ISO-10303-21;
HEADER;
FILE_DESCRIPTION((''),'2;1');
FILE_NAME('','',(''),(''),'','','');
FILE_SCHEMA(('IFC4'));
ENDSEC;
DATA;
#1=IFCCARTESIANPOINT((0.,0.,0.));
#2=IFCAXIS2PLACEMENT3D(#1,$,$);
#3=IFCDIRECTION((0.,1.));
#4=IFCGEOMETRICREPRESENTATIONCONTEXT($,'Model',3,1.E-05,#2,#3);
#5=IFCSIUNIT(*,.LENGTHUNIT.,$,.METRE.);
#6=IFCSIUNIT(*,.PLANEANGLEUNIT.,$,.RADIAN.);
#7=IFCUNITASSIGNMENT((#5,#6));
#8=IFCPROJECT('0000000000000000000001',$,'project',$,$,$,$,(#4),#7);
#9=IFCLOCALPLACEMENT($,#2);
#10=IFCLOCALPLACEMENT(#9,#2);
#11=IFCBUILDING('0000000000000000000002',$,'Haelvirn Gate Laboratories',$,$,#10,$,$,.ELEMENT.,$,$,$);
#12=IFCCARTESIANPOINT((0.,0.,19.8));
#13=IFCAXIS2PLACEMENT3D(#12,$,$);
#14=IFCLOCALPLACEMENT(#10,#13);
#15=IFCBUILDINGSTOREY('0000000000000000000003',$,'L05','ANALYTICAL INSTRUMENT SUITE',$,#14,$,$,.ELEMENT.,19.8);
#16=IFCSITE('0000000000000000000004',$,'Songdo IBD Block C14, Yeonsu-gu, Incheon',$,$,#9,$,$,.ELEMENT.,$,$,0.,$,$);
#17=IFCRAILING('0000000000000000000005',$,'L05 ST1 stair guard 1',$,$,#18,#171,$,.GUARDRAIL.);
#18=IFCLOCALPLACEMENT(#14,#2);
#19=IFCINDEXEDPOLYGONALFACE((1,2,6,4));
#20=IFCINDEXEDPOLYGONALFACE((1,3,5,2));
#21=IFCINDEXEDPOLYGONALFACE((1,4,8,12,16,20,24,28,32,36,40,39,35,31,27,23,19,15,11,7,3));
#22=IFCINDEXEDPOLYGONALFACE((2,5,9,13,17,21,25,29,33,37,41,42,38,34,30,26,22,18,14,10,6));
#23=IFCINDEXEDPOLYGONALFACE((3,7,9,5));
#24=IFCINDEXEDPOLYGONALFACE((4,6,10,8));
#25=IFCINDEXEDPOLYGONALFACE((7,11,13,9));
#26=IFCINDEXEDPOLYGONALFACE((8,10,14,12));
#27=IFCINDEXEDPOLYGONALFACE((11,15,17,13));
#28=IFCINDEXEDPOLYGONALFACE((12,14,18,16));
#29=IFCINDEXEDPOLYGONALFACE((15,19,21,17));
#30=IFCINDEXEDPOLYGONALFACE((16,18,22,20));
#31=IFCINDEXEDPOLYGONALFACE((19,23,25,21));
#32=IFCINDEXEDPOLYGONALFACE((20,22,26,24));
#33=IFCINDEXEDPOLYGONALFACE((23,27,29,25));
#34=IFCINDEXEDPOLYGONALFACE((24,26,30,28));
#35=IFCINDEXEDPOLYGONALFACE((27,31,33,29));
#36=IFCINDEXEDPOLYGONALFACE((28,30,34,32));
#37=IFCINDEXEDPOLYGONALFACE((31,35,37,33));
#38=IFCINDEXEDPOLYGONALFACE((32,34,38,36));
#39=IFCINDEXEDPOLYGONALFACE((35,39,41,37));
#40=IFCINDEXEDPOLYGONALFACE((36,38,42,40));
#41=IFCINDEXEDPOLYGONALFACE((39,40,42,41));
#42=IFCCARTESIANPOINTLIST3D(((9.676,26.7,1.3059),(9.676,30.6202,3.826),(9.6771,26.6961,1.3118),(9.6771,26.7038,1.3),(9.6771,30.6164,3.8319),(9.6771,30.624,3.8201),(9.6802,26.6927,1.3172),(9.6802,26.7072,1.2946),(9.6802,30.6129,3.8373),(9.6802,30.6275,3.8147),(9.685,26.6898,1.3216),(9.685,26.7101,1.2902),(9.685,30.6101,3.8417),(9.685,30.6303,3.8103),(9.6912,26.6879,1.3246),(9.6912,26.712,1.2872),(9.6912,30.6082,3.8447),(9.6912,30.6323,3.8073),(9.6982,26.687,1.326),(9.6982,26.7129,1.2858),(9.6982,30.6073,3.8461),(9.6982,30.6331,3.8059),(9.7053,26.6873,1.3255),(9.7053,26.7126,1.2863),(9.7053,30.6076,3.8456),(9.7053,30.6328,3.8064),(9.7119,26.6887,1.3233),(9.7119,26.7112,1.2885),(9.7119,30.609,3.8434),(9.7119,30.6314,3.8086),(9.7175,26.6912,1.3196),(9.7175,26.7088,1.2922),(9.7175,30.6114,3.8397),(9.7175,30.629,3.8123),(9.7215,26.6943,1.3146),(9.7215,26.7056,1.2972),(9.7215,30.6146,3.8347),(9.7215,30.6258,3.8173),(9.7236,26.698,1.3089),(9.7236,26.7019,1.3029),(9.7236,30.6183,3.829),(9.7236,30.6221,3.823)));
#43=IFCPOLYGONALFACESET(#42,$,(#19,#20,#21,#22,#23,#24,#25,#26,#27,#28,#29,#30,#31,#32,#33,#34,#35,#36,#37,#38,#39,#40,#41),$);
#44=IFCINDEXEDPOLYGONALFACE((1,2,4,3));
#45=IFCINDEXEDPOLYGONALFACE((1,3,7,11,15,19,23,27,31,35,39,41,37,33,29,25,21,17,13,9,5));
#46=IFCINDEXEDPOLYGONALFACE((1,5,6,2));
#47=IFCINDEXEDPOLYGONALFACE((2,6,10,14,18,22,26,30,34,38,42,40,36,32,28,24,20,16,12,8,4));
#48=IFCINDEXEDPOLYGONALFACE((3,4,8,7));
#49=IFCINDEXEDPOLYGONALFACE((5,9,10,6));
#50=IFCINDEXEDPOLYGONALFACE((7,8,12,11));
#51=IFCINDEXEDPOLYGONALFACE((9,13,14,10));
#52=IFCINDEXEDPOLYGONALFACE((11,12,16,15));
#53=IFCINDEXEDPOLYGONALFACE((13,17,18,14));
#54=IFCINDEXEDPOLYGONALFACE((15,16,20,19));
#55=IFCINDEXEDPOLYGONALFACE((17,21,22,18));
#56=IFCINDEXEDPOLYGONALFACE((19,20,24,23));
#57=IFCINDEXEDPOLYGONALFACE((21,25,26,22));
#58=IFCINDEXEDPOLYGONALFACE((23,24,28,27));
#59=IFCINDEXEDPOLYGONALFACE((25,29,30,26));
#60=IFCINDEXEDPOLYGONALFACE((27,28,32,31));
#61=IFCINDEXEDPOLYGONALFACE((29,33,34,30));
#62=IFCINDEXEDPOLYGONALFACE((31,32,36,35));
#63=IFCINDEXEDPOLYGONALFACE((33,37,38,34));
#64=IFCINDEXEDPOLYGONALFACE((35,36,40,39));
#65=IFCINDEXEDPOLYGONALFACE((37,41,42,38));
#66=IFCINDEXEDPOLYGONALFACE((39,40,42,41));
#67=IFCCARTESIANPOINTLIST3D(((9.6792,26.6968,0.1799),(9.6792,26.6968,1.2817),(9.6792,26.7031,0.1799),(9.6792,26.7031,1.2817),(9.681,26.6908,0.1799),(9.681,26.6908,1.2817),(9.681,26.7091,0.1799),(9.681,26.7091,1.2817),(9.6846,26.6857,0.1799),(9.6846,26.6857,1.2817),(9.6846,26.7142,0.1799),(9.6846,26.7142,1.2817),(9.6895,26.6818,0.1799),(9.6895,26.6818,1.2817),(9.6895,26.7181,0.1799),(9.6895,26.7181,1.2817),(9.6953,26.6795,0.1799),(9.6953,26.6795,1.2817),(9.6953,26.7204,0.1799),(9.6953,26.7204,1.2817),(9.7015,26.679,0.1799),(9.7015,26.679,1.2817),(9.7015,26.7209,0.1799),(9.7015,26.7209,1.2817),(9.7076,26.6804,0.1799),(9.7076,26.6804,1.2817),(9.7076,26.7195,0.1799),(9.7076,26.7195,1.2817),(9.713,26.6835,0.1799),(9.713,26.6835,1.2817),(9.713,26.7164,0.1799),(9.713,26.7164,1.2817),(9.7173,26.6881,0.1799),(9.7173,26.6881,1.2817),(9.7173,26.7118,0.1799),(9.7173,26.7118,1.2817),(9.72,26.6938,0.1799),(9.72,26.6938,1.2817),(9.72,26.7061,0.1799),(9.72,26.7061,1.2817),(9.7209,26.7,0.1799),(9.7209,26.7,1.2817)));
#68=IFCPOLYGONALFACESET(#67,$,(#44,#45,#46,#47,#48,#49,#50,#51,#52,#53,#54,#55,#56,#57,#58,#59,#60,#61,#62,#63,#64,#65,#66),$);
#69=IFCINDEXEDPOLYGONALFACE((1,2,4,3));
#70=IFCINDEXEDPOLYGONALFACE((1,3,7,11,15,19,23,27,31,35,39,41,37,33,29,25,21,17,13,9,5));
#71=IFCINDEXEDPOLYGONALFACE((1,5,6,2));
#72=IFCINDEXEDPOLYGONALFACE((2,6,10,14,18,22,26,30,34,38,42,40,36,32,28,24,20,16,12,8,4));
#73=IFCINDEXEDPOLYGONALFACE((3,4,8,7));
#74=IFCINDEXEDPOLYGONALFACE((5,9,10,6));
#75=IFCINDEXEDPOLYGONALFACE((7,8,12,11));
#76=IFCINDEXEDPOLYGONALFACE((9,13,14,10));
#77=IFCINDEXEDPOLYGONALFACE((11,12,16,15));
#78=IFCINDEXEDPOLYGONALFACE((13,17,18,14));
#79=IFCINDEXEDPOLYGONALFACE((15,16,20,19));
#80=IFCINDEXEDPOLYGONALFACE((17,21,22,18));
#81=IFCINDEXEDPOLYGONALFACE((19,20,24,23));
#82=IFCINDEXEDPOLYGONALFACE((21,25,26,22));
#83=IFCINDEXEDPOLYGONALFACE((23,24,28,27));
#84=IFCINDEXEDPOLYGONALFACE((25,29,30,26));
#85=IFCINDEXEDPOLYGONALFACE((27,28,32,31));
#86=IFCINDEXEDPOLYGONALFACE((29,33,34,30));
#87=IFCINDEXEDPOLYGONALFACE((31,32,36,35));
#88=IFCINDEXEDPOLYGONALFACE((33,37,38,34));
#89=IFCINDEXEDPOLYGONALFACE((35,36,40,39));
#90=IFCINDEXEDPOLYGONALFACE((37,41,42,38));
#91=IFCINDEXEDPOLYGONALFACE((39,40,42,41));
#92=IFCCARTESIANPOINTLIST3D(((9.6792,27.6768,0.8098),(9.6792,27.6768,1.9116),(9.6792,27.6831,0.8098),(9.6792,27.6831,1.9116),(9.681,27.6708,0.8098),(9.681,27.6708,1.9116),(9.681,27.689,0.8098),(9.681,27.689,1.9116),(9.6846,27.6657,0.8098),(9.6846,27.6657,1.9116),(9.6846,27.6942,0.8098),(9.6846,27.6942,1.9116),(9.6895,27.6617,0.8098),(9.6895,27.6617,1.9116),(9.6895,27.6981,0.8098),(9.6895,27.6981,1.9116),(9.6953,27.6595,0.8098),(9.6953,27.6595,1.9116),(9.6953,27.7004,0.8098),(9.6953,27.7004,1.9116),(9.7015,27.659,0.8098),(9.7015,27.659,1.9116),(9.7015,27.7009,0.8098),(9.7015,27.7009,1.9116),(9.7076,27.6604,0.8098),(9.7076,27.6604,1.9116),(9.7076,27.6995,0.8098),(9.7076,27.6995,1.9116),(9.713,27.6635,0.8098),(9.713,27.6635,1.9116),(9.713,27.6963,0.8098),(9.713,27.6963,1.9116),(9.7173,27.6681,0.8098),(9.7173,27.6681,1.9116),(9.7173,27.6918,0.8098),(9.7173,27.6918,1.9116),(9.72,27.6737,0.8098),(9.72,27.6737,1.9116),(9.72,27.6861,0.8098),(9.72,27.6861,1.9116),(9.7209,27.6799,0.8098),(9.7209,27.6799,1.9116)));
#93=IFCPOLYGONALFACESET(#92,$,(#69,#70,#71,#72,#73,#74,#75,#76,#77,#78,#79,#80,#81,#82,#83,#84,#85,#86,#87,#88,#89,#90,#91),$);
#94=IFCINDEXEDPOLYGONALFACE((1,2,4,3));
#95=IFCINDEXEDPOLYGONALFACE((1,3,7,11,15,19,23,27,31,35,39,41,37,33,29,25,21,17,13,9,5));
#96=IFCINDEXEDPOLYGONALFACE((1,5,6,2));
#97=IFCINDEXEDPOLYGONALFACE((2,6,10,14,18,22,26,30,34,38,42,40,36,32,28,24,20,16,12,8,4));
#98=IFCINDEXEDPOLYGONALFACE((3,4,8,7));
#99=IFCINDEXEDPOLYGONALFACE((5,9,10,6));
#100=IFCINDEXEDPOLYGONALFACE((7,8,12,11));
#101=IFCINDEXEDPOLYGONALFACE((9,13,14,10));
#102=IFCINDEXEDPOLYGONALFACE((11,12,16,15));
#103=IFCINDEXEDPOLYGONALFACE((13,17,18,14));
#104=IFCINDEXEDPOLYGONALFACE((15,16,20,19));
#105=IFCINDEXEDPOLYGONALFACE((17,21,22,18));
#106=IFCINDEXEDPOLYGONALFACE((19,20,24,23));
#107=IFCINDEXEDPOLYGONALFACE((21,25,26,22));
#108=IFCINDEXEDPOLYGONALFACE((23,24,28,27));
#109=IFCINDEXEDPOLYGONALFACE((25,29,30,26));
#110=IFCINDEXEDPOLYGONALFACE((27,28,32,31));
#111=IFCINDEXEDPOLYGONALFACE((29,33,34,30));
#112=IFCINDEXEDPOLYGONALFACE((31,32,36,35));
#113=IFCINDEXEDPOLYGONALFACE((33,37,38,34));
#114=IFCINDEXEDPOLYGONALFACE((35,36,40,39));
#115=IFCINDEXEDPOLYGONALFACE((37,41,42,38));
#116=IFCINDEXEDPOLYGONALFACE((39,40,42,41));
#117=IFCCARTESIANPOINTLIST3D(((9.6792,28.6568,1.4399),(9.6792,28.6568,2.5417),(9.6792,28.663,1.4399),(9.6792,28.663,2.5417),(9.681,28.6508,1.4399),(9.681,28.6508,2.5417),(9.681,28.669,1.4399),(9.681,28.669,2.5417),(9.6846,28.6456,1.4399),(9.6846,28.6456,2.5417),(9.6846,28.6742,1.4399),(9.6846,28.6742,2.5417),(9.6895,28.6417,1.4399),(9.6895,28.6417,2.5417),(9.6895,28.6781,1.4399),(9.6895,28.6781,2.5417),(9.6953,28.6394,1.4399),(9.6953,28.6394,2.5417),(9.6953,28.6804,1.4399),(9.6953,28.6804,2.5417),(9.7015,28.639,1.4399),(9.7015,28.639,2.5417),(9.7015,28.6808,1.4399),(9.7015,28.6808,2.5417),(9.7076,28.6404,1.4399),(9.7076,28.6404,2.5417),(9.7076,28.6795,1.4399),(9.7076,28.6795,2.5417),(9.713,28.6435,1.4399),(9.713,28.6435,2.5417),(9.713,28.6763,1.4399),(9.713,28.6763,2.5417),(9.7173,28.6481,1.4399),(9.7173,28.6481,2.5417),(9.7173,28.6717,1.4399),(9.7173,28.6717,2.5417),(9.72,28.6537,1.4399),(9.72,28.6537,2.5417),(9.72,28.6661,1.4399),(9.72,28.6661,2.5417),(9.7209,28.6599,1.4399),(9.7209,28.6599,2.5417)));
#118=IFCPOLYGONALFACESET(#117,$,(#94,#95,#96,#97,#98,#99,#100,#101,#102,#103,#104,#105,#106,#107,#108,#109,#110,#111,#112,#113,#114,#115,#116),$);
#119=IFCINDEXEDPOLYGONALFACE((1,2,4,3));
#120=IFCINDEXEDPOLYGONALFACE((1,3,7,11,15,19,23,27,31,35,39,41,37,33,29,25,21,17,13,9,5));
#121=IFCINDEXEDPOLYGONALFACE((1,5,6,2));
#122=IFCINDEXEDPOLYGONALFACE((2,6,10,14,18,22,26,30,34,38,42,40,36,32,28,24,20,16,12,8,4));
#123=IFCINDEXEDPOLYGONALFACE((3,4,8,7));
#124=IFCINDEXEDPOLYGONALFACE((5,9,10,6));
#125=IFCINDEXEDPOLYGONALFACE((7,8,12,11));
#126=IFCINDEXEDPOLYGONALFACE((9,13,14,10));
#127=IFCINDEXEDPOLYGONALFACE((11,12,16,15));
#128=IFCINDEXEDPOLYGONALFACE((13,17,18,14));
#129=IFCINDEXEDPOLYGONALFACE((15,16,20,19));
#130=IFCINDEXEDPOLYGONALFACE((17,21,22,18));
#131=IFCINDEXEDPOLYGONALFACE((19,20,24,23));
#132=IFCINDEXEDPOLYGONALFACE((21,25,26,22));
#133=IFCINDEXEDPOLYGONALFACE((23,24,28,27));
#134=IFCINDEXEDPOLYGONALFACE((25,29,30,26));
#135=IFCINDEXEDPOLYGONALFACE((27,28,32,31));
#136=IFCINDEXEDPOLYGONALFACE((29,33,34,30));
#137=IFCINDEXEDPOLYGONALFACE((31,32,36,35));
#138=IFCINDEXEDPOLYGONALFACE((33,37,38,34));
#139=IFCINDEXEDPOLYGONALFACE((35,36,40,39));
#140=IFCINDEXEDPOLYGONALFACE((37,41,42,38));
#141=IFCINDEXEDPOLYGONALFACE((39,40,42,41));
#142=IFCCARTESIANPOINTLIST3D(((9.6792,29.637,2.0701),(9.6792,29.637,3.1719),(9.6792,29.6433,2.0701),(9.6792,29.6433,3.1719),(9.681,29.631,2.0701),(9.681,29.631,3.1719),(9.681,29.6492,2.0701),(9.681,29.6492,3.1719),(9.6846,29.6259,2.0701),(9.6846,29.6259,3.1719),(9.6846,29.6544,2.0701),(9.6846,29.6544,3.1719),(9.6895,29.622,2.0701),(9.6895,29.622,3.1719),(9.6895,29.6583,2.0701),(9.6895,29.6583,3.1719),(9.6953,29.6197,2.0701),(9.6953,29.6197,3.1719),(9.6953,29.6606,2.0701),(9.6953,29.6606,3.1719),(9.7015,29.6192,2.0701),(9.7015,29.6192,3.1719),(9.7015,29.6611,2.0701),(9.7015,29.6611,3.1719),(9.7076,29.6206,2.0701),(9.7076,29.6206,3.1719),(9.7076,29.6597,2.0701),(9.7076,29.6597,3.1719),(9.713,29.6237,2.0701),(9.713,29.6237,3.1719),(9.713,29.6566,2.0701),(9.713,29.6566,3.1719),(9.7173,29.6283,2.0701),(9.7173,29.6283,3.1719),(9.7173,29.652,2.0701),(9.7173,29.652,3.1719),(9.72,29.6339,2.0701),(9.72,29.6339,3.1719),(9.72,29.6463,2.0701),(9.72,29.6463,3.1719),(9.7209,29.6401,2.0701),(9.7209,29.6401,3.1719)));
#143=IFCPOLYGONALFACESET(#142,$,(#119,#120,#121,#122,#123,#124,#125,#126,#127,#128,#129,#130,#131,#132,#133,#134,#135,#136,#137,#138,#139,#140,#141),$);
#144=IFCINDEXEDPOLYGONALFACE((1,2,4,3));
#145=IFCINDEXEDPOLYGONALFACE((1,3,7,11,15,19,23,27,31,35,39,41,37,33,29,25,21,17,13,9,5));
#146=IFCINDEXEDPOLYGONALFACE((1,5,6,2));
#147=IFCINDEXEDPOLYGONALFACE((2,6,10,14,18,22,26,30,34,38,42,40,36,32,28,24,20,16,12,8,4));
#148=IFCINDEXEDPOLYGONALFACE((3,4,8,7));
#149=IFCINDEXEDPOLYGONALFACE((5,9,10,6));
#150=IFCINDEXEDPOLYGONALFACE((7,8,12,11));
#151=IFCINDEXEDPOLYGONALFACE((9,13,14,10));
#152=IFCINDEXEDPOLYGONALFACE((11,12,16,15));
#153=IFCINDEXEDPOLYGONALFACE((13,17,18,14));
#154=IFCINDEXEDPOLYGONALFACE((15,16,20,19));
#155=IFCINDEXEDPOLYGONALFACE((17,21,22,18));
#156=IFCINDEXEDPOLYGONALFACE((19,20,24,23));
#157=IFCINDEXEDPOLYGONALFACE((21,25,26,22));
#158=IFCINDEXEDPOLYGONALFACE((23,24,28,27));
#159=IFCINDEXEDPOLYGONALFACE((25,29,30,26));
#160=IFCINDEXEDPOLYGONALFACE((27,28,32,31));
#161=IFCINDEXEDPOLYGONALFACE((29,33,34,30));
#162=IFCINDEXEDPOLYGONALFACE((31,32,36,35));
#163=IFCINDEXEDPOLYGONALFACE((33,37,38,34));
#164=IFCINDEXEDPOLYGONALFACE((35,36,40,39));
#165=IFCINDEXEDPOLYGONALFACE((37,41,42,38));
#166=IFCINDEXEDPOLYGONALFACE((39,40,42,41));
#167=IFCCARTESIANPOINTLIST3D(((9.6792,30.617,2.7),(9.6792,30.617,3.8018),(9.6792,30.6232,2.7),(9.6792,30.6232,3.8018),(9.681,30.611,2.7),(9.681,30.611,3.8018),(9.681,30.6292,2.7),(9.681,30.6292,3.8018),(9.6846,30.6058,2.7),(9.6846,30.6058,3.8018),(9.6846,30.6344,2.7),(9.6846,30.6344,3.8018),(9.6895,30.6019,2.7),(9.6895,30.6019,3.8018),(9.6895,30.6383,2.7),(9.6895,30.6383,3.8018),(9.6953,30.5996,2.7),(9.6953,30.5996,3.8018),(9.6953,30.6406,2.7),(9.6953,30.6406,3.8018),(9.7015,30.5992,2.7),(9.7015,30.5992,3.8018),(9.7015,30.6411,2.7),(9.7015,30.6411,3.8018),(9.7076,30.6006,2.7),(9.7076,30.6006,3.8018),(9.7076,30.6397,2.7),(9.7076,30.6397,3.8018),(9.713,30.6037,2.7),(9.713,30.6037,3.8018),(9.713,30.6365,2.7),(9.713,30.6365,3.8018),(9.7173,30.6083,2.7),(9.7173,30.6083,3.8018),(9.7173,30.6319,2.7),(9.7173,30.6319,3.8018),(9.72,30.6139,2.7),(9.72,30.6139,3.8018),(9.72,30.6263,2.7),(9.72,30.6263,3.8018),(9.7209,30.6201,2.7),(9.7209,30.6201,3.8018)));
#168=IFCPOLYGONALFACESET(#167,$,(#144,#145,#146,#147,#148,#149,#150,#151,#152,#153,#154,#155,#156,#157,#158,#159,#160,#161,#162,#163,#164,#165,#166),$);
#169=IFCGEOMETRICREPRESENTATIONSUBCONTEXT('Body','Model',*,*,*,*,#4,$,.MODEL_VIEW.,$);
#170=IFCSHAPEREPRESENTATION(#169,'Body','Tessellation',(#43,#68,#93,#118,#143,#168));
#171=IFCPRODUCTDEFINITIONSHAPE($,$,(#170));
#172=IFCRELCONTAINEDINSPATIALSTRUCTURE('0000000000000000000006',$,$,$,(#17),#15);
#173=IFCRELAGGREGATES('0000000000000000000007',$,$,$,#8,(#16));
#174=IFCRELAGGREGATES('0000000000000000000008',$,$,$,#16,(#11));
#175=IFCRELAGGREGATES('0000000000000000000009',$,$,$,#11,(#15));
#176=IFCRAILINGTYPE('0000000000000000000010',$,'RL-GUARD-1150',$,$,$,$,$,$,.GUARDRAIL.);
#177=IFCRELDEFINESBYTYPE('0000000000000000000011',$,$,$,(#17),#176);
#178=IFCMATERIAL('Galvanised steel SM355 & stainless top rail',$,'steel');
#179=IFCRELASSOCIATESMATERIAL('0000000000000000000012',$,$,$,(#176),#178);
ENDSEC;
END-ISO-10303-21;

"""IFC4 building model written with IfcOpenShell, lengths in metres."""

from ifc_helpers import new_model, si_unit, direction, frame, origin, origin_2d, place, context, subcontext, project, spatial, circle, extrude, source, transform, mapped, material, type_object, type_shapes, element, save


model = new_model("IFC4")

# Units and contexts
model_context = context("Model", 3, precision=1e-05, world=origin(), true_north=direction((0.0, 1.0)))
body_context = subcontext(model_context, "Body", "Model", "MODEL_VIEW")
ifc_project = project(units=[si_unit("LENGTHUNIT", "METRE"), si_unit("PLANEANGLEUNIT", "RADIAN")], contexts=[model_context])

# Site, building, storey
site_placement = place(None, origin())
site = spatial("IfcSite", under=ifc_project, at=site_placement, Name="Songdo IBD Block C14, Yeonsu-gu, Incheon", CompositionType="ELEMENT", RefElevation=0.0)
building_placement = place(site_placement, origin())
building = spatial("IfcBuilding", under=site, at=building_placement, Name="Haelvirn Gate Laboratories", CompositionType="ELEMENT")
storey_placement = place(building_placement, frame((0.0, 0.0, 19.8)))
storey = spatial("IfcBuildingStorey", under=building, at=storey_placement, Name="L05", Description="ANALYTICAL INSTRUMENT SUITE", CompositionType="ELEMENT", Elevation=19.8)

# Railing
ifc_material_1 = material(Name="Galvanised steel SM355 & stainless top rail", Category="steel")
railing_type_1 = type_object("IfcRailingType", Name="RL-GUARD-1150", PredefinedType="GUARDRAIL", material=ifc_material_1)
shared_shape_1 = source(origin(), body_context, "Body", "SweptSolid", [
    extrude(circle(Radius=0.0239, at=origin_2d()), frame((0.0, 0.0, 1.126), z_axis=(0.0, 0.841187, 0.540744), x_axis=(-1.0, 0.0, 0.0)), (0.0, 0.0, 1.0), 4.6604),
    extrude(circle(Radius=0.021, at=origin_2d()), origin(), (0.0, 0.0, 1.0), 1.1018),
    extrude(circle(Radius=0.021, at=origin_2d()), frame((0.0, 0.98, 0.6299)), (0.0, 0.0, 1.0), 1.1018),
    extrude(circle(Radius=0.021, at=origin_2d()), frame((0.0, 1.96, 1.26)), (0.0, 0.0, 1.0), 1.1018),
    extrude(circle(Radius=0.021, at=origin_2d()), frame((0.0, 2.9402, 1.8901)), (0.0, 0.0, 1.0), 1.1018),
    extrude(circle(Radius=0.021, at=origin_2d()), frame((0.0, 3.9202, 2.52)), (0.0, 0.0, 1.0), 1.1018),
])
type_shapes(railing_type_1, [shared_shape_1])
railing_1_placement = place(storey_placement, frame((9.7, 26.7, 0.1799)))
element("IfcRailing", 1, at=railing_1_placement, inside=storey, type_object=railing_type_1, Name="L05 ST1 stair guard 1", PredefinedType="GUARDRAIL", context=body_context, shape_type="MappedRepresentation", body=[
    mapped(shared_shape_1, transform((0.0, 0.0, 0.0), scale=1.0)),
])

save(model, "model.ifc")
